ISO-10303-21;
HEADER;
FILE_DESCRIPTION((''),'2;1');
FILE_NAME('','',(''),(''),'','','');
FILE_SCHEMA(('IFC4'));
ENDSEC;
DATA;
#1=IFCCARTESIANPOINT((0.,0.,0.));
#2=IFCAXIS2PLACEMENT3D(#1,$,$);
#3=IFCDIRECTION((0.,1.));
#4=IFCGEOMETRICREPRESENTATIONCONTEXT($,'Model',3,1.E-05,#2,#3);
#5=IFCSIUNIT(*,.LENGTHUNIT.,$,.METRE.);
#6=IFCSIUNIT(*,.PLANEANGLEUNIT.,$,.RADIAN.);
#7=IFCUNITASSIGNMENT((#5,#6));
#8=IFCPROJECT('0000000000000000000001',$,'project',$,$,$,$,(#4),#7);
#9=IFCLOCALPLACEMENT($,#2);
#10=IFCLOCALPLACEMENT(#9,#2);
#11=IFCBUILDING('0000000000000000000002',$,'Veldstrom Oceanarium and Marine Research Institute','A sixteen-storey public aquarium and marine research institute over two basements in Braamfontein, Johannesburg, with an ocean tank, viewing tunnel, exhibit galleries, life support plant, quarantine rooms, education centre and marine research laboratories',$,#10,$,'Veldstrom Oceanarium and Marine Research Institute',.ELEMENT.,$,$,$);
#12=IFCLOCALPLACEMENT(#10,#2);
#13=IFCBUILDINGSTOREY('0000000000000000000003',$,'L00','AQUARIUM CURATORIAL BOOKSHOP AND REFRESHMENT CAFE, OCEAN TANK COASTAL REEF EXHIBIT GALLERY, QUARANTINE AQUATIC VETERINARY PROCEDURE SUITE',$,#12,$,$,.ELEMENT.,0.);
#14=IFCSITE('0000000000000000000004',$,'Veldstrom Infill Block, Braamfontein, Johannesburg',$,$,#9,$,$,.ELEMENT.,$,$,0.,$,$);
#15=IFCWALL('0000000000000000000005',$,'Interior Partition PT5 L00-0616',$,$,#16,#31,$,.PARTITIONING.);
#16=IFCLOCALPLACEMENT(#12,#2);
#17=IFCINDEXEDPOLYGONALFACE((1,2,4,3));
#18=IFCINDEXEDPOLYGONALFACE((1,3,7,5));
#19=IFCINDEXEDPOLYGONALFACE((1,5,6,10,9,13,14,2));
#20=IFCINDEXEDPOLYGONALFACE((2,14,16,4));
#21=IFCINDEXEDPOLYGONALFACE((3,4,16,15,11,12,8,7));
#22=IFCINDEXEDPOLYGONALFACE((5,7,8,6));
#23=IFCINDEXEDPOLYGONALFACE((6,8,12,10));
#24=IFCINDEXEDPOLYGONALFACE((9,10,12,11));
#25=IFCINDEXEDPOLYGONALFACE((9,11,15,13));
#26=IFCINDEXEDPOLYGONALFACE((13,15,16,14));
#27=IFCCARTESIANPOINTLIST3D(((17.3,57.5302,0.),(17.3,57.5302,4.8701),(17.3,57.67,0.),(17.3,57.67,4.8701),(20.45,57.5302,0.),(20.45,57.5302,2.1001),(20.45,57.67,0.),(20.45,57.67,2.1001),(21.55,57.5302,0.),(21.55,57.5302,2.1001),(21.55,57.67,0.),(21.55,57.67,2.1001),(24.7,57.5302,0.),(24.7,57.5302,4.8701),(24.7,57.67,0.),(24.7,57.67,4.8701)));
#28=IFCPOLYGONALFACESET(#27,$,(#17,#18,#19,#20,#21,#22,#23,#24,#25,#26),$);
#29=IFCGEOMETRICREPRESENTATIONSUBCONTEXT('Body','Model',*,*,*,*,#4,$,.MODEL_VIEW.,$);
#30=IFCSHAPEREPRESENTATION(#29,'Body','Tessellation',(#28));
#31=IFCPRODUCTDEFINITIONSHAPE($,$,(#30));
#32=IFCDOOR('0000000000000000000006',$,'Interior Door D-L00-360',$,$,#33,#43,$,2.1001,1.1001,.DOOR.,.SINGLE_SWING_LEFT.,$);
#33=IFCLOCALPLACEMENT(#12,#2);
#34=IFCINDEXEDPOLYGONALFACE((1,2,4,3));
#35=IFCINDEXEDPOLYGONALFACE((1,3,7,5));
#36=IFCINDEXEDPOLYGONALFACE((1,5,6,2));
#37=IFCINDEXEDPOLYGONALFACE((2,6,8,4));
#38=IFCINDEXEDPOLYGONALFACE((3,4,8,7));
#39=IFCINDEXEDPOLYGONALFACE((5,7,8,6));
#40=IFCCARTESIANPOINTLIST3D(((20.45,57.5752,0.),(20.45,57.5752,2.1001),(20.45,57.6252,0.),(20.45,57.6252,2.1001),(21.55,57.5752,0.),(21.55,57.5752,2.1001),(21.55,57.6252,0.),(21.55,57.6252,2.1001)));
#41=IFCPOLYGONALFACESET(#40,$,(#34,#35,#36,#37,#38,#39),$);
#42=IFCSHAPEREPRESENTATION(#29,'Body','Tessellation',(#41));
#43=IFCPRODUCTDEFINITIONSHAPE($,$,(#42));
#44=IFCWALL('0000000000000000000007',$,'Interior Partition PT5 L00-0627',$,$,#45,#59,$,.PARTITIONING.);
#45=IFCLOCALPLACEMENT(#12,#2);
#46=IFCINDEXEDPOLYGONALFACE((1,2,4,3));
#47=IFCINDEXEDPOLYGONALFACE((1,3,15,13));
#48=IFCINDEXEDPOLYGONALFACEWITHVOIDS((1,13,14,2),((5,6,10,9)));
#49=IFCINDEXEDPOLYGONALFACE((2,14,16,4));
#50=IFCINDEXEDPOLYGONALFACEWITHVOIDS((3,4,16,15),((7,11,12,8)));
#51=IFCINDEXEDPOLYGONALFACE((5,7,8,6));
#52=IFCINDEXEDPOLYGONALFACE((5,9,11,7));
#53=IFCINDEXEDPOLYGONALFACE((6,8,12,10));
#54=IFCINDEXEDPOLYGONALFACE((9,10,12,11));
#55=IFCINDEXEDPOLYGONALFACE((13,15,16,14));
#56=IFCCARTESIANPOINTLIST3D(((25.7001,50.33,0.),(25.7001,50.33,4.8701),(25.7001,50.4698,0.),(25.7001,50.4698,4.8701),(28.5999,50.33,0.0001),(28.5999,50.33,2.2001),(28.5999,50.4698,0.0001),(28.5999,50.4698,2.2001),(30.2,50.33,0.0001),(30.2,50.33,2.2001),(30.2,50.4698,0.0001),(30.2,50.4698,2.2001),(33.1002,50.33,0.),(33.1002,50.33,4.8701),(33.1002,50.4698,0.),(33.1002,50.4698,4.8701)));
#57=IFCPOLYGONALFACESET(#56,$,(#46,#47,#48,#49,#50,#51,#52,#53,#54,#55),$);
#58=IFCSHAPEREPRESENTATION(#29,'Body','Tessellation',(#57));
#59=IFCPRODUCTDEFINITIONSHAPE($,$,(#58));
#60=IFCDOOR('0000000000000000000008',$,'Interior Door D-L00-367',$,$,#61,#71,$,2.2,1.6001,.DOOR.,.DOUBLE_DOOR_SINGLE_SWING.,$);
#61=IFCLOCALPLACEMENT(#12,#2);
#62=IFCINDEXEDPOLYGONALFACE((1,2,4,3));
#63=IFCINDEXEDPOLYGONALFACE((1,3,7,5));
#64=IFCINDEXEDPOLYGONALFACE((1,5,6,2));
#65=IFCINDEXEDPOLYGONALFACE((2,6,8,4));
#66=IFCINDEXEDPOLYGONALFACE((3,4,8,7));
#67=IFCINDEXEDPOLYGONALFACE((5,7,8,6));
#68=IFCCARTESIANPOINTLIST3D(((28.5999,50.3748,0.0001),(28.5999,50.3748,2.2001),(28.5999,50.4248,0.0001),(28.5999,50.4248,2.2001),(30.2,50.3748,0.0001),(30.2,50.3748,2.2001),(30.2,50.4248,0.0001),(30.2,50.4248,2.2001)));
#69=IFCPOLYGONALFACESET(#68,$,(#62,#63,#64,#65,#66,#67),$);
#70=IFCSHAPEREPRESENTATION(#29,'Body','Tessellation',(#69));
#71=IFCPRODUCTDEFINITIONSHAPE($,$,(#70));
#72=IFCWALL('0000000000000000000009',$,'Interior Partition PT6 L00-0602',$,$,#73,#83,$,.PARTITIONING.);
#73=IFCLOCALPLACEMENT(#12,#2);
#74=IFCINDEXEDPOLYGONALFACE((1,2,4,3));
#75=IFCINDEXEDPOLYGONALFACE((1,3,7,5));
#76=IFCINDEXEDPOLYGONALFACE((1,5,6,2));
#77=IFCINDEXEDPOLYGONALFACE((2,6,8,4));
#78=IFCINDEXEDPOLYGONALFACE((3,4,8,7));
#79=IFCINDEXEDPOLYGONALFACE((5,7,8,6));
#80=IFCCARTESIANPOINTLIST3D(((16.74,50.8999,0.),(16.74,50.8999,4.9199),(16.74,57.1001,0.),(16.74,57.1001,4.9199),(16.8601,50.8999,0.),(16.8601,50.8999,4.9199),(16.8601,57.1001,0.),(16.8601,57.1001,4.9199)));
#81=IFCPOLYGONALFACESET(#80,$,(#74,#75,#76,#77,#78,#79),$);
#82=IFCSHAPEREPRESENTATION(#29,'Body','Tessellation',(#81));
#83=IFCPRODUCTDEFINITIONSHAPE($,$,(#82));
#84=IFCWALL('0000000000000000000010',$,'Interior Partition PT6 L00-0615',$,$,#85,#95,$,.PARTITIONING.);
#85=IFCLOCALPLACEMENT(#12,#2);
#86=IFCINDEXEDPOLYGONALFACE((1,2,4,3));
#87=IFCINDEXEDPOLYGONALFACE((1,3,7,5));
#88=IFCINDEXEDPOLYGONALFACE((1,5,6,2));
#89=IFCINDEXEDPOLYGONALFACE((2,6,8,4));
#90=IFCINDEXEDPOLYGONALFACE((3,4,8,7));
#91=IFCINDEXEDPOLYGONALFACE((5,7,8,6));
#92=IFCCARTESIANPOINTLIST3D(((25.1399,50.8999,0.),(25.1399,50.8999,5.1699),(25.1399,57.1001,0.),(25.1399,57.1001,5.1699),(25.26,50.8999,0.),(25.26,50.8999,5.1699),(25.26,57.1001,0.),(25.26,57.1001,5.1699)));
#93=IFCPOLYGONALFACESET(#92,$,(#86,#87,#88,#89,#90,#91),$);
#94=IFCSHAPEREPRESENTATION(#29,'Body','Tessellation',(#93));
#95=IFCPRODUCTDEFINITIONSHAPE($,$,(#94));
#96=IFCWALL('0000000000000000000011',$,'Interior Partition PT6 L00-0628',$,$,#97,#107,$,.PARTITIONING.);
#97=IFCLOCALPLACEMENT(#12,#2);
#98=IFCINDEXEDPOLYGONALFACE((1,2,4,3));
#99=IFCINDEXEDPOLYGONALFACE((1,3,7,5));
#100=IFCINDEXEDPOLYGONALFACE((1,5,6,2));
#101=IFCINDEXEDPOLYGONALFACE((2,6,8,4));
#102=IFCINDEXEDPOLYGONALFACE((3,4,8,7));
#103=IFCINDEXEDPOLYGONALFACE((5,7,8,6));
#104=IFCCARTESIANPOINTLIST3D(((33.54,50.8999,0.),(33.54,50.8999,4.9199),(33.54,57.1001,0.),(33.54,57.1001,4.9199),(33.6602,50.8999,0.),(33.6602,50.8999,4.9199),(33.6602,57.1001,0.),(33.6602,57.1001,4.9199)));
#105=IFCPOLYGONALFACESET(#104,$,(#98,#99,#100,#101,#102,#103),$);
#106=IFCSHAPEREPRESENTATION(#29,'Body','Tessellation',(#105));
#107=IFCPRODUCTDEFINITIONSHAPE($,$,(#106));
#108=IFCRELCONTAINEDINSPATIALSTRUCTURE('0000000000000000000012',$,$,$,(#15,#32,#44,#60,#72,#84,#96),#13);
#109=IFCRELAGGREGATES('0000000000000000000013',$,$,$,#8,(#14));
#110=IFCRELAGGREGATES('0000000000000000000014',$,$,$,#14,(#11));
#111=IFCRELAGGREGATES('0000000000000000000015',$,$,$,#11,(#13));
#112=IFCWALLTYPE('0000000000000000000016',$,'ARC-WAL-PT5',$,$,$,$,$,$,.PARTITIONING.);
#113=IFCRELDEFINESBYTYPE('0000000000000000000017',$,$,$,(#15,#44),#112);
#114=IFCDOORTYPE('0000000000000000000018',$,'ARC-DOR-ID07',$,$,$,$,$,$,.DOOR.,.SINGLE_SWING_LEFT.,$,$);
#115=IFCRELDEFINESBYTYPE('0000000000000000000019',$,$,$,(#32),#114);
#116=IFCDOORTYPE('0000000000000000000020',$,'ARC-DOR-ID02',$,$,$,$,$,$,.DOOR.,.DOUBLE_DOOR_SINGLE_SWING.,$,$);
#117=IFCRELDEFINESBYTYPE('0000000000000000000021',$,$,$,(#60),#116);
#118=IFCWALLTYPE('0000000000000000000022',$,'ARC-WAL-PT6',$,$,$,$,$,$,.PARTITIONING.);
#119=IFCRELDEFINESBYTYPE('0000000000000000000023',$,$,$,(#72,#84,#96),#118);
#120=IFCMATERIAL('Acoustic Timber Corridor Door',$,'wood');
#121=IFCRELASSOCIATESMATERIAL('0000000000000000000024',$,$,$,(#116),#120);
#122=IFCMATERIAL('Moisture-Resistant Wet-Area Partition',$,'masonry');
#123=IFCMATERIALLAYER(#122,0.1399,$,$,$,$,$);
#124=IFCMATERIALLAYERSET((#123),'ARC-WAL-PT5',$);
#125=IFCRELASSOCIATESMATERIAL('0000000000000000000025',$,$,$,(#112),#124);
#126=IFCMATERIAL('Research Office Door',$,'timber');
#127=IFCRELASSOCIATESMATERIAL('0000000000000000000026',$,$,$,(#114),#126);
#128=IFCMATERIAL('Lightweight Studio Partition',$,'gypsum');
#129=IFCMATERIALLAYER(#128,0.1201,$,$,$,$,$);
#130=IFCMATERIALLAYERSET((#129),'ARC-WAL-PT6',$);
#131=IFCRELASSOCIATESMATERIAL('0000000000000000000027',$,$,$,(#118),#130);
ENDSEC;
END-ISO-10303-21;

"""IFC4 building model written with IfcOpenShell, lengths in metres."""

from ifc_helpers import new_model, si_unit, direction, frame, frame_2d, origin, place, context, subcontext, project, spatial, rectangle, extrude, material, layer, layer_set, type_object, element, fill, save


model = new_model("IFC4")

# Units and contexts
model_context = context("Model", 3, precision=1e-05, world=origin(), true_north=direction((0.0, 1.0)))
body_context = subcontext(model_context, "Body", "Model", "MODEL_VIEW")
ifc_project = project(units=[si_unit("LENGTHUNIT", "METRE"), si_unit("PLANEANGLEUNIT", "RADIAN")], contexts=[model_context])

# Site, building, storey
site_placement = place(None, origin())
site = spatial("IfcSite", under=ifc_project, at=site_placement, Name="Veldstrom Infill Block, Braamfontein, Johannesburg", CompositionType="ELEMENT", RefElevation=0.0)
building_placement = place(site_placement, origin())
building = spatial("IfcBuilding", under=site, at=building_placement, Name="Veldstrom Oceanarium and Marine Research Institute", Description="A sixteen-storey public aquarium and marine research institute over two basements in Braamfontein, Johannesburg, with an ocean tank, viewing tunnel, exhibit galleries, life support plant, quarantine rooms, education centre and marine research laboratories", LongName="Veldstrom Oceanarium and Marine Research Institute", CompositionType="ELEMENT")
storey_placement = place(building_placement, origin())
storey = spatial("IfcBuildingStorey", under=building, at=storey_placement, Name="L00", Description="AQUARIUM CURATORIAL BOOKSHOP AND REFRESHMENT CAFE, OCEAN TANK COASTAL REEF EXHIBIT GALLERY, QUARANTINE AQUATIC VETERINARY PROCEDURE SUITE", CompositionType="ELEMENT", Elevation=0.0)

# Walls, openings, doors
ifc_material_1 = material(Name="Acoustic Timber Corridor Door", Category="wood")
door_type_1 = type_object("IfcDoorType", Name="ARC-DOR-ID02", OperationType="DOUBLE_DOOR_SINGLE_SWING", PredefinedType="DOOR", material=ifc_material_1)
ifc_material_2 = material(Name="Moisture-Resistant Wet-Area Partition", Category="masonry")
ifc_layer_1 = layer(ifc_material_2, 0.1399)
ifc_layer_set_1 = layer_set([ifc_layer_1], Name="ARC-WAL-PT5")
wall_type_1 = type_object("IfcWallType", Name="ARC-WAL-PT5", PredefinedType="PARTITIONING", material=ifc_layer_set_1)
wall_1_placement = place(storey_placement, frame((17.3, 57.6001, 0.0), z_axis=(0.0, 0.0, 1.0), x_axis=(1.0, 0.0, 0.0)))
wall_1 = element("IfcWall", 1, at=wall_1_placement, inside=storey, type_object=wall_type_1, Name="Interior Partition PT5 L00-0616", PredefinedType="PARTITIONING", context=body_context, shape_type="SweptSolid", body=[
    extrude(rectangle(XDim=7.3999, YDim=0.1399, at=frame_2d((3.7, 0.0))), origin(), (0.0, 0.0, 1.0), 4.8701),
])
opening_1_placement = place(wall_1_placement, frame((3.1499, 0.0, 0.0)))
opening_1 = element("IfcOpeningElement", 2, at=opening_1_placement, cuts=wall_1, PredefinedType="OPENING", context=body_context, shape_type="SweptSolid", body=[
    extrude(rectangle(XDim=1.1001, YDim=2.1001, at=frame_2d((0.55, 1.05))), frame((0.0, 0.0798, 0.0), z_axis=(0.0, -1.0, 0.0), x_axis=(1.0, 0.0, 0.0)), (0.0, 0.0, 1.0), 0.1599),
])
ifc_material_3 = material(Name="Research Office Door", Category="timber")
door_type_2 = type_object("IfcDoorType", Name="ARC-DOR-ID07", OperationType="SINGLE_SWING_LEFT", PredefinedType="DOOR", material=ifc_material_3)
door_1_placement = place(opening_1_placement, frame((1.1001, 0.0, 0.0), z_axis=(0.0, 0.0, 1.0), x_axis=(-1.0, 0.0, 0.0)))
door_1 = element("IfcDoor", 3, at=door_1_placement, inside=storey, type_object=door_type_2, Name="Interior Door D-L00-360", OperationType="SINGLE_SWING_LEFT", OverallHeight=2.1001, OverallWidth=1.1001, PredefinedType="DOOR", context=body_context, shape_type="SweptSolid", body=[
    extrude(rectangle(XDim=1.1001, YDim=2.1001, at=frame_2d((0.55, 1.05))), frame((0.0, 0.0249, 0.0), z_axis=(0.0, -1.0, 0.0), x_axis=(1.0, 0.0, 0.0)), (0.0, 0.0, 1.0), 0.05),
])
fill(opening_1, door_1)
wall_2_placement = place(storey_placement, frame((25.7, 50.3999, 0.0), z_axis=(0.0, 0.0, 1.0), x_axis=(1.0, 0.0, 0.0)))
wall_2 = element("IfcWall", 4, at=wall_2_placement, inside=storey, type_object=wall_type_1, Name="Interior Partition PT5 L00-0627", PredefinedType="PARTITIONING", context=body_context, shape_type="SweptSolid", body=[
    extrude(rectangle(XDim=7.4001, YDim=0.1399, at=frame_2d((3.7002, 0.0))), origin(), (0.0, 0.0, 1.0), 4.8701),
])
opening_2_placement = place(wall_2_placement, frame((2.8999, 0.0, 0.0)))
opening_2 = element("IfcOpeningElement", 5, at=opening_2_placement, cuts=wall_2, PredefinedType="OPENING", context=body_context, shape_type="SweptSolid", body=[
    extrude(rectangle(XDim=1.6001, YDim=2.2, at=frame_2d((0.8, 1.1001))), frame((0.0, 0.0798, 0.0), z_axis=(0.0, -1.0, 0.0), x_axis=(1.0, 0.0, 0.0)), (0.0, 0.0, 1.0), 0.1599),
])
door_2_placement = place(opening_2_placement, origin())
door_2 = element("IfcDoor", 6, at=door_2_placement, inside=storey, type_object=door_type_1, Name="Interior Door D-L00-367", OperationType="DOUBLE_DOOR_SINGLE_SWING", OverallHeight=2.2, OverallWidth=1.6001, PredefinedType="DOOR", context=body_context, shape_type="SweptSolid", body=[
    extrude(rectangle(XDim=1.6001, YDim=2.2, at=frame_2d((0.8, 1.1001))), frame((0.0, 0.0249, 0.0), z_axis=(0.0, -1.0, 0.0), x_axis=(1.0, 0.0, 0.0)), (0.0, 0.0, 1.0), 0.05),
])
fill(opening_2, door_2)

# Walls
ifc_material_4 = material(Name="Lightweight Studio Partition", Category="gypsum")
ifc_layer_2 = layer(ifc_material_4, 0.1201)
ifc_layer_set_2 = layer_set([ifc_layer_2], Name="ARC-WAL-PT6")
wall_type_2 = type_object("IfcWallType", Name="ARC-WAL-PT6", PredefinedType="PARTITIONING", material=ifc_layer_set_2)
wall_3_placement = place(storey_placement, frame((16.8, 50.8999, 0.0), z_axis=(0.0, 0.0, 1.0), x_axis=(0.0, 1.0, 0.0)))
element("IfcWall", 7, at=wall_3_placement, inside=storey, type_object=wall_type_2, Name="Interior Partition PT6 L00-0602", PredefinedType="PARTITIONING", context=body_context, shape_type="SweptSolid", body=[
    extrude(rectangle(XDim=6.2002, YDim=0.1201, at=frame_2d((3.1001, 0.0))), origin(), (0.0, 0.0, 1.0), 4.9199),
])
wall_4_placement = place(storey_placement, frame((25.2, 50.8999, 0.0), z_axis=(0.0, 0.0, 1.0), x_axis=(0.0, 1.0, 0.0)))
element("IfcWall", 8, at=wall_4_placement, inside=storey, type_object=wall_type_2, Name="Interior Partition PT6 L00-0615", PredefinedType="PARTITIONING", context=body_context, shape_type="SweptSolid", body=[
    extrude(rectangle(XDim=6.2002, YDim=0.1201, at=frame_2d((3.1001, 0.0))), origin(), (0.0, 0.0, 1.0), 5.1699),
])
wall_5_placement = place(storey_placement, frame((33.6001, 50.8999, 0.0), z_axis=(0.0, 0.0, 1.0), x_axis=(0.0, 1.0, 0.0)))
element("IfcWall", 9, at=wall_5_placement, inside=storey, type_object=wall_type_2, Name="Interior Partition PT6 L00-0628", PredefinedType="PARTITIONING", context=body_context, shape_type="SweptSolid", body=[
    extrude(rectangle(XDim=6.2002, YDim=0.1201, at=frame_2d((3.1001, 0.0))), origin(), (0.0, 0.0, 1.0), 4.9199),
])

save(model, "model.ifc")
